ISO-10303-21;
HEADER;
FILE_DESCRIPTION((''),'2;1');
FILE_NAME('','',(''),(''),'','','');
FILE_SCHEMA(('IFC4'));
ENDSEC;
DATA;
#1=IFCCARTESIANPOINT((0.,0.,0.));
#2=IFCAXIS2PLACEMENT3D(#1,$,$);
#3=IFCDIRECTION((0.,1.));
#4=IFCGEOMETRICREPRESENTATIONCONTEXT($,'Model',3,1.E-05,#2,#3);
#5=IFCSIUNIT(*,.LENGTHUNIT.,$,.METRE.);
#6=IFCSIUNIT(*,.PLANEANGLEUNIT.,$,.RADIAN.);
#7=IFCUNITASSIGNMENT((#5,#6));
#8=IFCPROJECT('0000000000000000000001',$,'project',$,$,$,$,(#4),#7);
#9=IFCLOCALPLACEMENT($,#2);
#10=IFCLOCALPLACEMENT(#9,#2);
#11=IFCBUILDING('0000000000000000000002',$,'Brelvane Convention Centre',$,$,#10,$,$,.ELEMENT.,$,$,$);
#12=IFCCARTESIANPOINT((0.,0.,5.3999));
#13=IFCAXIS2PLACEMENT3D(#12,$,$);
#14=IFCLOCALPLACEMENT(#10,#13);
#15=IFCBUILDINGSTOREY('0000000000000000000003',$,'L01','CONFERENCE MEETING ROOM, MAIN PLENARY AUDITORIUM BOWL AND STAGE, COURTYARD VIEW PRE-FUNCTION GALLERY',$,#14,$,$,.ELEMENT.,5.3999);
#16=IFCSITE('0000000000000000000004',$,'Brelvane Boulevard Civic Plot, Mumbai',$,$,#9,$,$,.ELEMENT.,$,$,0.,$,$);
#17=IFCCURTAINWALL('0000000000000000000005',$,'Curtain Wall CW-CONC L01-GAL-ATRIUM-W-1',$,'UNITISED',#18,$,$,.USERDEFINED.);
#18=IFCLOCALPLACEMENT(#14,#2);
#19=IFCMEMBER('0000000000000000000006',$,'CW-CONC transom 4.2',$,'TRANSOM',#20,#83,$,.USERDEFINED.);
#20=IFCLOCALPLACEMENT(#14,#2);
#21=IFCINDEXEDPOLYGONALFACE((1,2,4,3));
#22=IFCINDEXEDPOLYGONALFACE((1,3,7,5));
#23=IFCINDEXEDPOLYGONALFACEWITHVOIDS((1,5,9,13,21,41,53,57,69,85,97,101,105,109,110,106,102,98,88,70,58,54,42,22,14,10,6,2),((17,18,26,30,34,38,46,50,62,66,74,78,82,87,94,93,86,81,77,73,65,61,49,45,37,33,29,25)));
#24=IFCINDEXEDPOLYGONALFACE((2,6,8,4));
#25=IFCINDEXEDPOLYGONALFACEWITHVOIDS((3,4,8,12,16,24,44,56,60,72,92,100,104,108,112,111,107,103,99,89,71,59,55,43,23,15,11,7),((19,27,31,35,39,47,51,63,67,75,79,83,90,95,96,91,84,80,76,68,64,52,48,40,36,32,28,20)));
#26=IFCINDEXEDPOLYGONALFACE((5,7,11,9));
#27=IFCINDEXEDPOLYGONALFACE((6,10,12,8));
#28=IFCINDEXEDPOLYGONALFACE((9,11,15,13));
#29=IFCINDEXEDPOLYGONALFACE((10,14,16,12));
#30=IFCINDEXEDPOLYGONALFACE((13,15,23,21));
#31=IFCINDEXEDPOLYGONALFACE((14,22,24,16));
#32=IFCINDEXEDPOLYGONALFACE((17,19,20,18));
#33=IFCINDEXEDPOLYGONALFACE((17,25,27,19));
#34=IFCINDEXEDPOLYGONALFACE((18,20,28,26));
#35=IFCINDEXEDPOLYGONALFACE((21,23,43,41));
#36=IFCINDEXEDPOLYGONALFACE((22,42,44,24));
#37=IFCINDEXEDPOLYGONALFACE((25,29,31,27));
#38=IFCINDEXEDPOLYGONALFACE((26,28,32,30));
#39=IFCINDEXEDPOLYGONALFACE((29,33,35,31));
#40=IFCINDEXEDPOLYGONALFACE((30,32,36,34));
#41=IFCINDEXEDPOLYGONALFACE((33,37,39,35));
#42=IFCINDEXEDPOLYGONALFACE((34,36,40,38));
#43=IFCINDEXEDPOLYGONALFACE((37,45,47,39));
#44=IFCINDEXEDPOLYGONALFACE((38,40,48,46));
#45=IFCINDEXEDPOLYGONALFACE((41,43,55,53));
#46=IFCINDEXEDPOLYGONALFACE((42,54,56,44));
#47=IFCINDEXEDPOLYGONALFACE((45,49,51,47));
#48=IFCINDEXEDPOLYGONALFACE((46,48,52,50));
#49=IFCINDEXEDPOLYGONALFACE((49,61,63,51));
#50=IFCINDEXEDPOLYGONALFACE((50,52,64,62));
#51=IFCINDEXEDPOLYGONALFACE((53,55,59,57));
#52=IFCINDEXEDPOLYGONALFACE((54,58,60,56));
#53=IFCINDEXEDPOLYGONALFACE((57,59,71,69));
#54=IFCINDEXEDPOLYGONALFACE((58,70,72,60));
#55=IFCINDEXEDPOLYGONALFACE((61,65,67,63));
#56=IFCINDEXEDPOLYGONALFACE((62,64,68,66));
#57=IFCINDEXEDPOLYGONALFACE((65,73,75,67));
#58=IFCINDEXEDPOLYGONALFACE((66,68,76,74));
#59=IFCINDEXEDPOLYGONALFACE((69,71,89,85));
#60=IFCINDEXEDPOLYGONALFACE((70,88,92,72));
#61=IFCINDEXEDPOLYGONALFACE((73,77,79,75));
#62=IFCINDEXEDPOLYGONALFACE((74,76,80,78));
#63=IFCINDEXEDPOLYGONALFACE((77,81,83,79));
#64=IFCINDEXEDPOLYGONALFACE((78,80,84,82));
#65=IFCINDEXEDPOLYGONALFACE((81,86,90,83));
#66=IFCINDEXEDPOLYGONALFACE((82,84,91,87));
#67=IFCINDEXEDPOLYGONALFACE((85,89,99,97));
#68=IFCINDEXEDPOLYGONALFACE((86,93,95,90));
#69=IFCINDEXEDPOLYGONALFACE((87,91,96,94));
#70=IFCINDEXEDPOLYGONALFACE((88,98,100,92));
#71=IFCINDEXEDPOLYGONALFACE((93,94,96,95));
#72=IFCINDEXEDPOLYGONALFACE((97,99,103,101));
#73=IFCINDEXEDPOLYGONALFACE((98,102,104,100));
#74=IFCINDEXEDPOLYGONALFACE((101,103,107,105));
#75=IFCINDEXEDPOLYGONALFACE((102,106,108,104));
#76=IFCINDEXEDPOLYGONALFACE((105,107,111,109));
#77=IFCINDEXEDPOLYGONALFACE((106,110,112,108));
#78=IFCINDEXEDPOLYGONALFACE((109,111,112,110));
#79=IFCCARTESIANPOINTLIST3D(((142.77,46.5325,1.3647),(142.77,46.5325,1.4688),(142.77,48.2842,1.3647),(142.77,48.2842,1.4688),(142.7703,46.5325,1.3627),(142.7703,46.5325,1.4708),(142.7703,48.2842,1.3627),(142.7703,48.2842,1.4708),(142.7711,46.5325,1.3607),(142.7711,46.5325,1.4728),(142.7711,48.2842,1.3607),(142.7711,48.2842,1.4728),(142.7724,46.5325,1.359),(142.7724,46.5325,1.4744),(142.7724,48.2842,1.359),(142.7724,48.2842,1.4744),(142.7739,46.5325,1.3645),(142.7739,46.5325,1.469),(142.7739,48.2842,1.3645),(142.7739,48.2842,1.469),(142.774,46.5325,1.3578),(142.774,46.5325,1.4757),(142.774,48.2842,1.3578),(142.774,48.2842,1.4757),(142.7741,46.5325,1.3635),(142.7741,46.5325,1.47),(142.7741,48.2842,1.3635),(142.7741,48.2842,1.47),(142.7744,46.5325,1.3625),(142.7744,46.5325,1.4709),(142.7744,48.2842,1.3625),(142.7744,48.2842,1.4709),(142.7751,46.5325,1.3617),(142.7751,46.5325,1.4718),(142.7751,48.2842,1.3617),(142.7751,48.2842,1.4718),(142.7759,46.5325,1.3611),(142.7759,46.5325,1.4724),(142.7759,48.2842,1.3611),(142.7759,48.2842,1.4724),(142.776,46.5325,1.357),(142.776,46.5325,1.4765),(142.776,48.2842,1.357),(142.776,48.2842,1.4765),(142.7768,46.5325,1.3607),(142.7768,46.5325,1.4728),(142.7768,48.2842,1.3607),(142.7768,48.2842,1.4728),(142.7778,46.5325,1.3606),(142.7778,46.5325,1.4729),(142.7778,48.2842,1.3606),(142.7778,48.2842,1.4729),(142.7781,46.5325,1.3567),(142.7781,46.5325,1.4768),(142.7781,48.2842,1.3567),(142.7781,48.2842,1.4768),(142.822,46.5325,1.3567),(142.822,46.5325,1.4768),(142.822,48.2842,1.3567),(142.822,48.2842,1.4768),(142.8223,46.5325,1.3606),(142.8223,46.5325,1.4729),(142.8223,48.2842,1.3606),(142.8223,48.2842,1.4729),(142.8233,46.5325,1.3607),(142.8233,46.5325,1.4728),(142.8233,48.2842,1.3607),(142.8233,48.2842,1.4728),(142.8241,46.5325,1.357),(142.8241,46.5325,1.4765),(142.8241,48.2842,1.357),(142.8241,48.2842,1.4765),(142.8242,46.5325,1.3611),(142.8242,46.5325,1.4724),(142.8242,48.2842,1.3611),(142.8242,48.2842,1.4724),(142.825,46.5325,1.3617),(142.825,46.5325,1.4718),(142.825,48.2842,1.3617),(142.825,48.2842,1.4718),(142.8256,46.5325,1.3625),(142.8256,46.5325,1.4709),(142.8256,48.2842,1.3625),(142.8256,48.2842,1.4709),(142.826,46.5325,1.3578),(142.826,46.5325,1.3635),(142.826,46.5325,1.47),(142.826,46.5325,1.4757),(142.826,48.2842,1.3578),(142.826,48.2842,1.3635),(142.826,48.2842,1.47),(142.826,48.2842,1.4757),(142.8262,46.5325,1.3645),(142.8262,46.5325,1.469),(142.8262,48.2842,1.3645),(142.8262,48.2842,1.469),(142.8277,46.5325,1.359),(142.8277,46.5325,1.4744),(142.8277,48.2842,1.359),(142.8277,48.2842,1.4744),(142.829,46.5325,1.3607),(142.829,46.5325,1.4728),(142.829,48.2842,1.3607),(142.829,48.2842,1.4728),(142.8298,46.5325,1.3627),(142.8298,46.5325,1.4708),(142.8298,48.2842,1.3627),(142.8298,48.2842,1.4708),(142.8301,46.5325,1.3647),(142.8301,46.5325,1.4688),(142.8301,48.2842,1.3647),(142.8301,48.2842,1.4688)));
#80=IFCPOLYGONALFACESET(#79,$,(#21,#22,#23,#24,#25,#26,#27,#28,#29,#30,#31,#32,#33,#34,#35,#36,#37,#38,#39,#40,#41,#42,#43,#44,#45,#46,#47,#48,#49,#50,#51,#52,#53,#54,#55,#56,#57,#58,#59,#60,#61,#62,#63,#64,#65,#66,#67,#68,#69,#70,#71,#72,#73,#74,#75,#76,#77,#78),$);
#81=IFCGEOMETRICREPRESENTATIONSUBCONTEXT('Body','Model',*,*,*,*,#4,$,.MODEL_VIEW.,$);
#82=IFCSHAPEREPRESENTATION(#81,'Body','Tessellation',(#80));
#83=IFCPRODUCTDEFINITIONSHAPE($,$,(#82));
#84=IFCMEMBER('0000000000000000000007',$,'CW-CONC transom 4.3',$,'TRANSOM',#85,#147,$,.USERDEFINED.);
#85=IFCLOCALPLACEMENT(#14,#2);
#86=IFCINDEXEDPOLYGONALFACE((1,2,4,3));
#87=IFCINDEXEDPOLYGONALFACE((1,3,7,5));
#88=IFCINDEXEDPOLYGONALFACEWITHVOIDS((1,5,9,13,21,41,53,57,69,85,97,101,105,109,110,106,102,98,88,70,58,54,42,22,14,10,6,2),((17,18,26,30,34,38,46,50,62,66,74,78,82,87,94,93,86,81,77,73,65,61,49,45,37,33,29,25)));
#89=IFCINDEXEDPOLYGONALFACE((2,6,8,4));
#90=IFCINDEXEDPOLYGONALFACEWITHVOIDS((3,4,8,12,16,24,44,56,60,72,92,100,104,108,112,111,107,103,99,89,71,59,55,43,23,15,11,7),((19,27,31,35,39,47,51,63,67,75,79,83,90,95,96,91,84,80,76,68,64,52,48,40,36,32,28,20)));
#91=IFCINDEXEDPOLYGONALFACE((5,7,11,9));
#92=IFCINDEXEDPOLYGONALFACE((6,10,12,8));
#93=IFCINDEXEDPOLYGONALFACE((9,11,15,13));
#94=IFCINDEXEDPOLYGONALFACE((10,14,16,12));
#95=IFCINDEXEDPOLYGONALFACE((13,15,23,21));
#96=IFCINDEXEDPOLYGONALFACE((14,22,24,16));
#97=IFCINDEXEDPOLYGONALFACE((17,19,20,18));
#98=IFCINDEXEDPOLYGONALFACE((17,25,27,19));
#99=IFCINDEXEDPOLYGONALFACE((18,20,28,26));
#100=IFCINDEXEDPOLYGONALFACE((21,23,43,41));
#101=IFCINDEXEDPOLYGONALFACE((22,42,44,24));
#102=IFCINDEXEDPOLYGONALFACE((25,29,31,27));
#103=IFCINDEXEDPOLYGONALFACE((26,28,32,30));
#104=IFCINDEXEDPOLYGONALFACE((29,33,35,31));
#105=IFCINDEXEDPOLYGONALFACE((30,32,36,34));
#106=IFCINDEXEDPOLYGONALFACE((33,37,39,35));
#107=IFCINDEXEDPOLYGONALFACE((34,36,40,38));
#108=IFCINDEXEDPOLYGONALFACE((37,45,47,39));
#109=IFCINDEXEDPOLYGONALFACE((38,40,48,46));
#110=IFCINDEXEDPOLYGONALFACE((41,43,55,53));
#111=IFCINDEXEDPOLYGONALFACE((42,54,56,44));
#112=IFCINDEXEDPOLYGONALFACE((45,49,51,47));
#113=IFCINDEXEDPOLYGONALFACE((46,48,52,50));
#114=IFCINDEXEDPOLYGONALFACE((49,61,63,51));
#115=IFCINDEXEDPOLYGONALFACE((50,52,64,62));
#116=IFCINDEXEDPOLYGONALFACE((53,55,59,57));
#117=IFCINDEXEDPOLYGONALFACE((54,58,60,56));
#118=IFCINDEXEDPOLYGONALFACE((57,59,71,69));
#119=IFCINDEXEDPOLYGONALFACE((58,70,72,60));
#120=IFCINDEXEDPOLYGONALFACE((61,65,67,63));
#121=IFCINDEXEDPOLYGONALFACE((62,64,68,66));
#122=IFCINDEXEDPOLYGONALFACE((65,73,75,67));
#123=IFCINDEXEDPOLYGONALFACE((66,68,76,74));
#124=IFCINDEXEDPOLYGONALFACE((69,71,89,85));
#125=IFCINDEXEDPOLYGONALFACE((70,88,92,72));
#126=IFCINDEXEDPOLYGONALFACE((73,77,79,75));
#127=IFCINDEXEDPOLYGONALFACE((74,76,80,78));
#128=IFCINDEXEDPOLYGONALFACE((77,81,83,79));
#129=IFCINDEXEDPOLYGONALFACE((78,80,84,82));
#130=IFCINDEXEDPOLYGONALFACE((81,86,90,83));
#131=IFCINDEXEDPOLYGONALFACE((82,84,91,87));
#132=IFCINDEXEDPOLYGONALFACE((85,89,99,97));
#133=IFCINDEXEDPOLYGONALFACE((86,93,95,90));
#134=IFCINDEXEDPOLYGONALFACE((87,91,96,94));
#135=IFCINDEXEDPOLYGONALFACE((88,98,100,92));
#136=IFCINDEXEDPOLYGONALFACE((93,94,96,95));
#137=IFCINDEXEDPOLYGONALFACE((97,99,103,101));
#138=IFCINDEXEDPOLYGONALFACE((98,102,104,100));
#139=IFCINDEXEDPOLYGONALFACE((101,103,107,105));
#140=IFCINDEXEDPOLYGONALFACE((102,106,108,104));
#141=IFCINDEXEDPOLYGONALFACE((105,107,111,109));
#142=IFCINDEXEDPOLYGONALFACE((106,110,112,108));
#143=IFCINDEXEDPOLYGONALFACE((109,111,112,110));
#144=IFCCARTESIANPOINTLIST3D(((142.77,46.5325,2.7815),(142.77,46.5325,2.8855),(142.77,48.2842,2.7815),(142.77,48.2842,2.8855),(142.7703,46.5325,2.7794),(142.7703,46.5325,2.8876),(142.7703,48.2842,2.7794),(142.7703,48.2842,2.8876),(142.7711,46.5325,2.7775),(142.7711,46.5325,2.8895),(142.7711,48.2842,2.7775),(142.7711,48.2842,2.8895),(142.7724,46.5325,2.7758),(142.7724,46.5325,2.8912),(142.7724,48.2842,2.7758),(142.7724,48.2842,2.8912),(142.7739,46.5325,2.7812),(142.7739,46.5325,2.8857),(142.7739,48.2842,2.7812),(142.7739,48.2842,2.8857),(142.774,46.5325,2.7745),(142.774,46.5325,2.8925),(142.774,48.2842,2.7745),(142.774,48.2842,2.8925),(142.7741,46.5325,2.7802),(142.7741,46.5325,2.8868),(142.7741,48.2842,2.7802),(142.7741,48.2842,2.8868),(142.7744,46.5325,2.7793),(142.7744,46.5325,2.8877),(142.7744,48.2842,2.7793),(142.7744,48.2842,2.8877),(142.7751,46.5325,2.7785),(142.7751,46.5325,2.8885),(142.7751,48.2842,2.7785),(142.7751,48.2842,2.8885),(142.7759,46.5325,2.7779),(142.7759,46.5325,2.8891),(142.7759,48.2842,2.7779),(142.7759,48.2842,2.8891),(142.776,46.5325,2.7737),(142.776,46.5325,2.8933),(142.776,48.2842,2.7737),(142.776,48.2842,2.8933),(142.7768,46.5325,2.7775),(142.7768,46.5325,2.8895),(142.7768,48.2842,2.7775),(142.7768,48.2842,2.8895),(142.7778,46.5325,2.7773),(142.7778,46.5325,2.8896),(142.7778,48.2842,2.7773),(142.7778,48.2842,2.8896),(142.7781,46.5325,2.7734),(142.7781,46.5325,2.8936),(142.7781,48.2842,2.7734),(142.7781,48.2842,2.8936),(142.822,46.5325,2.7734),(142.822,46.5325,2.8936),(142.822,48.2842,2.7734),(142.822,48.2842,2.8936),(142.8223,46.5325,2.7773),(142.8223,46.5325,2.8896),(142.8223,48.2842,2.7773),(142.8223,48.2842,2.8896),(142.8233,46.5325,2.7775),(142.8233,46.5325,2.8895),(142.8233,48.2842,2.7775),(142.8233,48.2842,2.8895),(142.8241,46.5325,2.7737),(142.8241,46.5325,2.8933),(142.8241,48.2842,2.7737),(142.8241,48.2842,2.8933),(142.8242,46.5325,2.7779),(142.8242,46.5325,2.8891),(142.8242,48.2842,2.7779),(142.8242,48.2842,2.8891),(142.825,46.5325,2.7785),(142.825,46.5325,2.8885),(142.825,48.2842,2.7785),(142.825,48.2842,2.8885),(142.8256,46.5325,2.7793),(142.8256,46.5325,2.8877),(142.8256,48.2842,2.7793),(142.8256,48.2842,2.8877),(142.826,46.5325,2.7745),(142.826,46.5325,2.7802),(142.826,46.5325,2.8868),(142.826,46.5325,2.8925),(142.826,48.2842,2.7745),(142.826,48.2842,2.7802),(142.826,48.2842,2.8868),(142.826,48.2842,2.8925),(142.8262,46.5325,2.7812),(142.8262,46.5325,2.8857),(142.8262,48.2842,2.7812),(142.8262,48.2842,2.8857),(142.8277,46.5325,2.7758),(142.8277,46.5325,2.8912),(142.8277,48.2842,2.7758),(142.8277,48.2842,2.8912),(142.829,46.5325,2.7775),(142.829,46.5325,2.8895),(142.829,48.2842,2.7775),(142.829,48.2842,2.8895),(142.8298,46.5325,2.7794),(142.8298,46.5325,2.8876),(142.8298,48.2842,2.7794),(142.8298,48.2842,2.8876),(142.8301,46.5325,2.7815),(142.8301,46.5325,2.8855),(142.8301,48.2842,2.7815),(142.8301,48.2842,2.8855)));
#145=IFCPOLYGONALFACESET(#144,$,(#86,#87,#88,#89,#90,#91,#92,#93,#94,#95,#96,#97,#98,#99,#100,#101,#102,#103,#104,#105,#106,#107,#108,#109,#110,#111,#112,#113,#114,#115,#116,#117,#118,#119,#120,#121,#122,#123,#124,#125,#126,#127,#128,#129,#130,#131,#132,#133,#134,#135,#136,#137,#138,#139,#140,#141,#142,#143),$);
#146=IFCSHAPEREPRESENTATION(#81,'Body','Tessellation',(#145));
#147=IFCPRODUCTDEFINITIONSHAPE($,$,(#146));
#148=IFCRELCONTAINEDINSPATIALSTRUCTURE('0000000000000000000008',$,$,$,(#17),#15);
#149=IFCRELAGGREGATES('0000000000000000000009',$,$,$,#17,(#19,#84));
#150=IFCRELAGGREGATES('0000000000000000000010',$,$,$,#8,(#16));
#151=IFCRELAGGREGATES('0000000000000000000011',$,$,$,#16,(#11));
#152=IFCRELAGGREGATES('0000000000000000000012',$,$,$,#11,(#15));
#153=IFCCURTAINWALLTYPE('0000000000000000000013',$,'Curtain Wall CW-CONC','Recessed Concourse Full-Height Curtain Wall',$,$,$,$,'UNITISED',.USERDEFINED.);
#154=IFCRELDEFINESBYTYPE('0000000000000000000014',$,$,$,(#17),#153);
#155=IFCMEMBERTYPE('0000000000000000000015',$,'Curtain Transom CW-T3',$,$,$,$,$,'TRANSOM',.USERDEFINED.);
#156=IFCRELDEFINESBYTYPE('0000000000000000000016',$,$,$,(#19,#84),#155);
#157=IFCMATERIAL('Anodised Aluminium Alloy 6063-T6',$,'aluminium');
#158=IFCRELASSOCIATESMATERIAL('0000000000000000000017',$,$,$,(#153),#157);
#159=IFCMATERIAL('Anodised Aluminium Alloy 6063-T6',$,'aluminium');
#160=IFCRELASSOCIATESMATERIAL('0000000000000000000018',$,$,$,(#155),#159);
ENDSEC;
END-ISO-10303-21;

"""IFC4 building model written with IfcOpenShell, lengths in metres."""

from ifc_helpers import new_model, si_unit, direction, frame, origin, origin_2d, place, context, subcontext, project, spatial, hollow_rectangle, extrude, material, material_profile, profile_set, type_object, element, aggregate, save


model = new_model("IFC4")

# Units and contexts
model_context = context("Model", 3, precision=1e-05, world=origin(), true_north=direction((0.0, 1.0)))
body_context = subcontext(model_context, "Body", "Model", "MODEL_VIEW")
ifc_project = project(units=[si_unit("LENGTHUNIT", "METRE"), si_unit("PLANEANGLEUNIT", "RADIAN")], contexts=[model_context])

# Site, building, storey
site_placement = place(None, origin())
site = spatial("IfcSite", under=ifc_project, at=site_placement, Name="Brelvane Boulevard Civic Plot, Mumbai", CompositionType="ELEMENT", RefElevation=0.0)
building_placement = place(site_placement, origin())
building = spatial("IfcBuilding", under=site, at=building_placement, Name="Brelvane Convention Centre", CompositionType="ELEMENT")
storey_placement = place(building_placement, frame((0.0, 0.0, 5.3999)))
storey = spatial("IfcBuildingStorey", under=building, at=storey_placement, Name="L01", Description="CONFERENCE MEETING ROOM, MAIN PLENARY AUDITORIUM BOWL AND STAGE, COURTYARD VIEW PRE-FUNCTION GALLERY", CompositionType="ELEMENT", Elevation=5.3999)

# Curtain wall, members
ifc_material_1 = material(Name="Anodised Aluminium Alloy 6063-T6", Category="aluminium")
curtain_wall_type = type_object("IfcCurtainWallType", Name="Curtain Wall CW-CONC", Description="Recessed Concourse Full-Height Curtain Wall", ElementType="UNITISED", PredefinedType="USERDEFINED", material=ifc_material_1)
curtain_wall_placement = place(storey_placement, origin())
curtain_wall = element("IfcCurtainWall", 1, at=curtain_wall_placement, inside=storey, type_object=curtain_wall_type, Name="Curtain Wall CW-CONC L01-GAL-ATRIUM-W-1", ObjectType="UNITISED", PredefinedType="USERDEFINED")
ifc_material_2 = material(Name="Anodised Aluminium Alloy 6063-T6", Category="aluminium")
ifc_material_profile_1 = material_profile(ifc_material_2, hollow_rectangle(XDim=0.0601, YDim=0.1201, WallThickness=0.0039, InnerFilletRadius=0.0039, OuterFilletRadius=0.0081, at=origin_2d()), Name="ALU-T 120x60x4.0")
ifc_profile_set_1 = profile_set([ifc_material_profile_1], Name="Anodised Aluminium Alloy 6063-T6")
member_type_1 = type_object("IfcMemberType", Name="Curtain Transom CW-T3", ElementType="TRANSOM", PredefinedType="USERDEFINED", material=ifc_profile_set_1)
member_1_placement = place(storey_placement, frame((142.8, 46.5325, 1.4167), z_axis=(0.0, 1.0, 0.0), x_axis=(-1.0, 0.0, 0.0)))
member_1 = element("IfcMember", 2, at=member_1_placement, type_object=member_type_1, Name="CW-CONC transom 4.2", ObjectType="TRANSOM", PredefinedType="USERDEFINED", context=body_context, shape_type="SweptSolid", body=[
    extrude(hollow_rectangle(XDim=0.0601, YDim=0.1201, WallThickness=0.0039, InnerFilletRadius=0.0039, OuterFilletRadius=0.0081, at=origin_2d()), origin(), (0.0, 0.0, 1.0), 1.7517),
])
member_2_placement = place(storey_placement, frame((142.8, 46.5325, 2.8335), z_axis=(0.0, 1.0, 0.0), x_axis=(-1.0, 0.0, 0.0)))
member_2 = element("IfcMember", 3, at=member_2_placement, type_object=member_type_1, Name="CW-CONC transom 4.3", ObjectType="TRANSOM", PredefinedType="USERDEFINED", context=body_context, shape_type="SweptSolid", body=[
    extrude(hollow_rectangle(XDim=0.0601, YDim=0.1201, WallThickness=0.0039, InnerFilletRadius=0.0039, OuterFilletRadius=0.0081, at=origin_2d()), origin(), (0.0, 0.0, 1.0), 1.7517),
])

aggregate(curtain_wall, [member_1, member_2])

save(model, "model.ifc")
